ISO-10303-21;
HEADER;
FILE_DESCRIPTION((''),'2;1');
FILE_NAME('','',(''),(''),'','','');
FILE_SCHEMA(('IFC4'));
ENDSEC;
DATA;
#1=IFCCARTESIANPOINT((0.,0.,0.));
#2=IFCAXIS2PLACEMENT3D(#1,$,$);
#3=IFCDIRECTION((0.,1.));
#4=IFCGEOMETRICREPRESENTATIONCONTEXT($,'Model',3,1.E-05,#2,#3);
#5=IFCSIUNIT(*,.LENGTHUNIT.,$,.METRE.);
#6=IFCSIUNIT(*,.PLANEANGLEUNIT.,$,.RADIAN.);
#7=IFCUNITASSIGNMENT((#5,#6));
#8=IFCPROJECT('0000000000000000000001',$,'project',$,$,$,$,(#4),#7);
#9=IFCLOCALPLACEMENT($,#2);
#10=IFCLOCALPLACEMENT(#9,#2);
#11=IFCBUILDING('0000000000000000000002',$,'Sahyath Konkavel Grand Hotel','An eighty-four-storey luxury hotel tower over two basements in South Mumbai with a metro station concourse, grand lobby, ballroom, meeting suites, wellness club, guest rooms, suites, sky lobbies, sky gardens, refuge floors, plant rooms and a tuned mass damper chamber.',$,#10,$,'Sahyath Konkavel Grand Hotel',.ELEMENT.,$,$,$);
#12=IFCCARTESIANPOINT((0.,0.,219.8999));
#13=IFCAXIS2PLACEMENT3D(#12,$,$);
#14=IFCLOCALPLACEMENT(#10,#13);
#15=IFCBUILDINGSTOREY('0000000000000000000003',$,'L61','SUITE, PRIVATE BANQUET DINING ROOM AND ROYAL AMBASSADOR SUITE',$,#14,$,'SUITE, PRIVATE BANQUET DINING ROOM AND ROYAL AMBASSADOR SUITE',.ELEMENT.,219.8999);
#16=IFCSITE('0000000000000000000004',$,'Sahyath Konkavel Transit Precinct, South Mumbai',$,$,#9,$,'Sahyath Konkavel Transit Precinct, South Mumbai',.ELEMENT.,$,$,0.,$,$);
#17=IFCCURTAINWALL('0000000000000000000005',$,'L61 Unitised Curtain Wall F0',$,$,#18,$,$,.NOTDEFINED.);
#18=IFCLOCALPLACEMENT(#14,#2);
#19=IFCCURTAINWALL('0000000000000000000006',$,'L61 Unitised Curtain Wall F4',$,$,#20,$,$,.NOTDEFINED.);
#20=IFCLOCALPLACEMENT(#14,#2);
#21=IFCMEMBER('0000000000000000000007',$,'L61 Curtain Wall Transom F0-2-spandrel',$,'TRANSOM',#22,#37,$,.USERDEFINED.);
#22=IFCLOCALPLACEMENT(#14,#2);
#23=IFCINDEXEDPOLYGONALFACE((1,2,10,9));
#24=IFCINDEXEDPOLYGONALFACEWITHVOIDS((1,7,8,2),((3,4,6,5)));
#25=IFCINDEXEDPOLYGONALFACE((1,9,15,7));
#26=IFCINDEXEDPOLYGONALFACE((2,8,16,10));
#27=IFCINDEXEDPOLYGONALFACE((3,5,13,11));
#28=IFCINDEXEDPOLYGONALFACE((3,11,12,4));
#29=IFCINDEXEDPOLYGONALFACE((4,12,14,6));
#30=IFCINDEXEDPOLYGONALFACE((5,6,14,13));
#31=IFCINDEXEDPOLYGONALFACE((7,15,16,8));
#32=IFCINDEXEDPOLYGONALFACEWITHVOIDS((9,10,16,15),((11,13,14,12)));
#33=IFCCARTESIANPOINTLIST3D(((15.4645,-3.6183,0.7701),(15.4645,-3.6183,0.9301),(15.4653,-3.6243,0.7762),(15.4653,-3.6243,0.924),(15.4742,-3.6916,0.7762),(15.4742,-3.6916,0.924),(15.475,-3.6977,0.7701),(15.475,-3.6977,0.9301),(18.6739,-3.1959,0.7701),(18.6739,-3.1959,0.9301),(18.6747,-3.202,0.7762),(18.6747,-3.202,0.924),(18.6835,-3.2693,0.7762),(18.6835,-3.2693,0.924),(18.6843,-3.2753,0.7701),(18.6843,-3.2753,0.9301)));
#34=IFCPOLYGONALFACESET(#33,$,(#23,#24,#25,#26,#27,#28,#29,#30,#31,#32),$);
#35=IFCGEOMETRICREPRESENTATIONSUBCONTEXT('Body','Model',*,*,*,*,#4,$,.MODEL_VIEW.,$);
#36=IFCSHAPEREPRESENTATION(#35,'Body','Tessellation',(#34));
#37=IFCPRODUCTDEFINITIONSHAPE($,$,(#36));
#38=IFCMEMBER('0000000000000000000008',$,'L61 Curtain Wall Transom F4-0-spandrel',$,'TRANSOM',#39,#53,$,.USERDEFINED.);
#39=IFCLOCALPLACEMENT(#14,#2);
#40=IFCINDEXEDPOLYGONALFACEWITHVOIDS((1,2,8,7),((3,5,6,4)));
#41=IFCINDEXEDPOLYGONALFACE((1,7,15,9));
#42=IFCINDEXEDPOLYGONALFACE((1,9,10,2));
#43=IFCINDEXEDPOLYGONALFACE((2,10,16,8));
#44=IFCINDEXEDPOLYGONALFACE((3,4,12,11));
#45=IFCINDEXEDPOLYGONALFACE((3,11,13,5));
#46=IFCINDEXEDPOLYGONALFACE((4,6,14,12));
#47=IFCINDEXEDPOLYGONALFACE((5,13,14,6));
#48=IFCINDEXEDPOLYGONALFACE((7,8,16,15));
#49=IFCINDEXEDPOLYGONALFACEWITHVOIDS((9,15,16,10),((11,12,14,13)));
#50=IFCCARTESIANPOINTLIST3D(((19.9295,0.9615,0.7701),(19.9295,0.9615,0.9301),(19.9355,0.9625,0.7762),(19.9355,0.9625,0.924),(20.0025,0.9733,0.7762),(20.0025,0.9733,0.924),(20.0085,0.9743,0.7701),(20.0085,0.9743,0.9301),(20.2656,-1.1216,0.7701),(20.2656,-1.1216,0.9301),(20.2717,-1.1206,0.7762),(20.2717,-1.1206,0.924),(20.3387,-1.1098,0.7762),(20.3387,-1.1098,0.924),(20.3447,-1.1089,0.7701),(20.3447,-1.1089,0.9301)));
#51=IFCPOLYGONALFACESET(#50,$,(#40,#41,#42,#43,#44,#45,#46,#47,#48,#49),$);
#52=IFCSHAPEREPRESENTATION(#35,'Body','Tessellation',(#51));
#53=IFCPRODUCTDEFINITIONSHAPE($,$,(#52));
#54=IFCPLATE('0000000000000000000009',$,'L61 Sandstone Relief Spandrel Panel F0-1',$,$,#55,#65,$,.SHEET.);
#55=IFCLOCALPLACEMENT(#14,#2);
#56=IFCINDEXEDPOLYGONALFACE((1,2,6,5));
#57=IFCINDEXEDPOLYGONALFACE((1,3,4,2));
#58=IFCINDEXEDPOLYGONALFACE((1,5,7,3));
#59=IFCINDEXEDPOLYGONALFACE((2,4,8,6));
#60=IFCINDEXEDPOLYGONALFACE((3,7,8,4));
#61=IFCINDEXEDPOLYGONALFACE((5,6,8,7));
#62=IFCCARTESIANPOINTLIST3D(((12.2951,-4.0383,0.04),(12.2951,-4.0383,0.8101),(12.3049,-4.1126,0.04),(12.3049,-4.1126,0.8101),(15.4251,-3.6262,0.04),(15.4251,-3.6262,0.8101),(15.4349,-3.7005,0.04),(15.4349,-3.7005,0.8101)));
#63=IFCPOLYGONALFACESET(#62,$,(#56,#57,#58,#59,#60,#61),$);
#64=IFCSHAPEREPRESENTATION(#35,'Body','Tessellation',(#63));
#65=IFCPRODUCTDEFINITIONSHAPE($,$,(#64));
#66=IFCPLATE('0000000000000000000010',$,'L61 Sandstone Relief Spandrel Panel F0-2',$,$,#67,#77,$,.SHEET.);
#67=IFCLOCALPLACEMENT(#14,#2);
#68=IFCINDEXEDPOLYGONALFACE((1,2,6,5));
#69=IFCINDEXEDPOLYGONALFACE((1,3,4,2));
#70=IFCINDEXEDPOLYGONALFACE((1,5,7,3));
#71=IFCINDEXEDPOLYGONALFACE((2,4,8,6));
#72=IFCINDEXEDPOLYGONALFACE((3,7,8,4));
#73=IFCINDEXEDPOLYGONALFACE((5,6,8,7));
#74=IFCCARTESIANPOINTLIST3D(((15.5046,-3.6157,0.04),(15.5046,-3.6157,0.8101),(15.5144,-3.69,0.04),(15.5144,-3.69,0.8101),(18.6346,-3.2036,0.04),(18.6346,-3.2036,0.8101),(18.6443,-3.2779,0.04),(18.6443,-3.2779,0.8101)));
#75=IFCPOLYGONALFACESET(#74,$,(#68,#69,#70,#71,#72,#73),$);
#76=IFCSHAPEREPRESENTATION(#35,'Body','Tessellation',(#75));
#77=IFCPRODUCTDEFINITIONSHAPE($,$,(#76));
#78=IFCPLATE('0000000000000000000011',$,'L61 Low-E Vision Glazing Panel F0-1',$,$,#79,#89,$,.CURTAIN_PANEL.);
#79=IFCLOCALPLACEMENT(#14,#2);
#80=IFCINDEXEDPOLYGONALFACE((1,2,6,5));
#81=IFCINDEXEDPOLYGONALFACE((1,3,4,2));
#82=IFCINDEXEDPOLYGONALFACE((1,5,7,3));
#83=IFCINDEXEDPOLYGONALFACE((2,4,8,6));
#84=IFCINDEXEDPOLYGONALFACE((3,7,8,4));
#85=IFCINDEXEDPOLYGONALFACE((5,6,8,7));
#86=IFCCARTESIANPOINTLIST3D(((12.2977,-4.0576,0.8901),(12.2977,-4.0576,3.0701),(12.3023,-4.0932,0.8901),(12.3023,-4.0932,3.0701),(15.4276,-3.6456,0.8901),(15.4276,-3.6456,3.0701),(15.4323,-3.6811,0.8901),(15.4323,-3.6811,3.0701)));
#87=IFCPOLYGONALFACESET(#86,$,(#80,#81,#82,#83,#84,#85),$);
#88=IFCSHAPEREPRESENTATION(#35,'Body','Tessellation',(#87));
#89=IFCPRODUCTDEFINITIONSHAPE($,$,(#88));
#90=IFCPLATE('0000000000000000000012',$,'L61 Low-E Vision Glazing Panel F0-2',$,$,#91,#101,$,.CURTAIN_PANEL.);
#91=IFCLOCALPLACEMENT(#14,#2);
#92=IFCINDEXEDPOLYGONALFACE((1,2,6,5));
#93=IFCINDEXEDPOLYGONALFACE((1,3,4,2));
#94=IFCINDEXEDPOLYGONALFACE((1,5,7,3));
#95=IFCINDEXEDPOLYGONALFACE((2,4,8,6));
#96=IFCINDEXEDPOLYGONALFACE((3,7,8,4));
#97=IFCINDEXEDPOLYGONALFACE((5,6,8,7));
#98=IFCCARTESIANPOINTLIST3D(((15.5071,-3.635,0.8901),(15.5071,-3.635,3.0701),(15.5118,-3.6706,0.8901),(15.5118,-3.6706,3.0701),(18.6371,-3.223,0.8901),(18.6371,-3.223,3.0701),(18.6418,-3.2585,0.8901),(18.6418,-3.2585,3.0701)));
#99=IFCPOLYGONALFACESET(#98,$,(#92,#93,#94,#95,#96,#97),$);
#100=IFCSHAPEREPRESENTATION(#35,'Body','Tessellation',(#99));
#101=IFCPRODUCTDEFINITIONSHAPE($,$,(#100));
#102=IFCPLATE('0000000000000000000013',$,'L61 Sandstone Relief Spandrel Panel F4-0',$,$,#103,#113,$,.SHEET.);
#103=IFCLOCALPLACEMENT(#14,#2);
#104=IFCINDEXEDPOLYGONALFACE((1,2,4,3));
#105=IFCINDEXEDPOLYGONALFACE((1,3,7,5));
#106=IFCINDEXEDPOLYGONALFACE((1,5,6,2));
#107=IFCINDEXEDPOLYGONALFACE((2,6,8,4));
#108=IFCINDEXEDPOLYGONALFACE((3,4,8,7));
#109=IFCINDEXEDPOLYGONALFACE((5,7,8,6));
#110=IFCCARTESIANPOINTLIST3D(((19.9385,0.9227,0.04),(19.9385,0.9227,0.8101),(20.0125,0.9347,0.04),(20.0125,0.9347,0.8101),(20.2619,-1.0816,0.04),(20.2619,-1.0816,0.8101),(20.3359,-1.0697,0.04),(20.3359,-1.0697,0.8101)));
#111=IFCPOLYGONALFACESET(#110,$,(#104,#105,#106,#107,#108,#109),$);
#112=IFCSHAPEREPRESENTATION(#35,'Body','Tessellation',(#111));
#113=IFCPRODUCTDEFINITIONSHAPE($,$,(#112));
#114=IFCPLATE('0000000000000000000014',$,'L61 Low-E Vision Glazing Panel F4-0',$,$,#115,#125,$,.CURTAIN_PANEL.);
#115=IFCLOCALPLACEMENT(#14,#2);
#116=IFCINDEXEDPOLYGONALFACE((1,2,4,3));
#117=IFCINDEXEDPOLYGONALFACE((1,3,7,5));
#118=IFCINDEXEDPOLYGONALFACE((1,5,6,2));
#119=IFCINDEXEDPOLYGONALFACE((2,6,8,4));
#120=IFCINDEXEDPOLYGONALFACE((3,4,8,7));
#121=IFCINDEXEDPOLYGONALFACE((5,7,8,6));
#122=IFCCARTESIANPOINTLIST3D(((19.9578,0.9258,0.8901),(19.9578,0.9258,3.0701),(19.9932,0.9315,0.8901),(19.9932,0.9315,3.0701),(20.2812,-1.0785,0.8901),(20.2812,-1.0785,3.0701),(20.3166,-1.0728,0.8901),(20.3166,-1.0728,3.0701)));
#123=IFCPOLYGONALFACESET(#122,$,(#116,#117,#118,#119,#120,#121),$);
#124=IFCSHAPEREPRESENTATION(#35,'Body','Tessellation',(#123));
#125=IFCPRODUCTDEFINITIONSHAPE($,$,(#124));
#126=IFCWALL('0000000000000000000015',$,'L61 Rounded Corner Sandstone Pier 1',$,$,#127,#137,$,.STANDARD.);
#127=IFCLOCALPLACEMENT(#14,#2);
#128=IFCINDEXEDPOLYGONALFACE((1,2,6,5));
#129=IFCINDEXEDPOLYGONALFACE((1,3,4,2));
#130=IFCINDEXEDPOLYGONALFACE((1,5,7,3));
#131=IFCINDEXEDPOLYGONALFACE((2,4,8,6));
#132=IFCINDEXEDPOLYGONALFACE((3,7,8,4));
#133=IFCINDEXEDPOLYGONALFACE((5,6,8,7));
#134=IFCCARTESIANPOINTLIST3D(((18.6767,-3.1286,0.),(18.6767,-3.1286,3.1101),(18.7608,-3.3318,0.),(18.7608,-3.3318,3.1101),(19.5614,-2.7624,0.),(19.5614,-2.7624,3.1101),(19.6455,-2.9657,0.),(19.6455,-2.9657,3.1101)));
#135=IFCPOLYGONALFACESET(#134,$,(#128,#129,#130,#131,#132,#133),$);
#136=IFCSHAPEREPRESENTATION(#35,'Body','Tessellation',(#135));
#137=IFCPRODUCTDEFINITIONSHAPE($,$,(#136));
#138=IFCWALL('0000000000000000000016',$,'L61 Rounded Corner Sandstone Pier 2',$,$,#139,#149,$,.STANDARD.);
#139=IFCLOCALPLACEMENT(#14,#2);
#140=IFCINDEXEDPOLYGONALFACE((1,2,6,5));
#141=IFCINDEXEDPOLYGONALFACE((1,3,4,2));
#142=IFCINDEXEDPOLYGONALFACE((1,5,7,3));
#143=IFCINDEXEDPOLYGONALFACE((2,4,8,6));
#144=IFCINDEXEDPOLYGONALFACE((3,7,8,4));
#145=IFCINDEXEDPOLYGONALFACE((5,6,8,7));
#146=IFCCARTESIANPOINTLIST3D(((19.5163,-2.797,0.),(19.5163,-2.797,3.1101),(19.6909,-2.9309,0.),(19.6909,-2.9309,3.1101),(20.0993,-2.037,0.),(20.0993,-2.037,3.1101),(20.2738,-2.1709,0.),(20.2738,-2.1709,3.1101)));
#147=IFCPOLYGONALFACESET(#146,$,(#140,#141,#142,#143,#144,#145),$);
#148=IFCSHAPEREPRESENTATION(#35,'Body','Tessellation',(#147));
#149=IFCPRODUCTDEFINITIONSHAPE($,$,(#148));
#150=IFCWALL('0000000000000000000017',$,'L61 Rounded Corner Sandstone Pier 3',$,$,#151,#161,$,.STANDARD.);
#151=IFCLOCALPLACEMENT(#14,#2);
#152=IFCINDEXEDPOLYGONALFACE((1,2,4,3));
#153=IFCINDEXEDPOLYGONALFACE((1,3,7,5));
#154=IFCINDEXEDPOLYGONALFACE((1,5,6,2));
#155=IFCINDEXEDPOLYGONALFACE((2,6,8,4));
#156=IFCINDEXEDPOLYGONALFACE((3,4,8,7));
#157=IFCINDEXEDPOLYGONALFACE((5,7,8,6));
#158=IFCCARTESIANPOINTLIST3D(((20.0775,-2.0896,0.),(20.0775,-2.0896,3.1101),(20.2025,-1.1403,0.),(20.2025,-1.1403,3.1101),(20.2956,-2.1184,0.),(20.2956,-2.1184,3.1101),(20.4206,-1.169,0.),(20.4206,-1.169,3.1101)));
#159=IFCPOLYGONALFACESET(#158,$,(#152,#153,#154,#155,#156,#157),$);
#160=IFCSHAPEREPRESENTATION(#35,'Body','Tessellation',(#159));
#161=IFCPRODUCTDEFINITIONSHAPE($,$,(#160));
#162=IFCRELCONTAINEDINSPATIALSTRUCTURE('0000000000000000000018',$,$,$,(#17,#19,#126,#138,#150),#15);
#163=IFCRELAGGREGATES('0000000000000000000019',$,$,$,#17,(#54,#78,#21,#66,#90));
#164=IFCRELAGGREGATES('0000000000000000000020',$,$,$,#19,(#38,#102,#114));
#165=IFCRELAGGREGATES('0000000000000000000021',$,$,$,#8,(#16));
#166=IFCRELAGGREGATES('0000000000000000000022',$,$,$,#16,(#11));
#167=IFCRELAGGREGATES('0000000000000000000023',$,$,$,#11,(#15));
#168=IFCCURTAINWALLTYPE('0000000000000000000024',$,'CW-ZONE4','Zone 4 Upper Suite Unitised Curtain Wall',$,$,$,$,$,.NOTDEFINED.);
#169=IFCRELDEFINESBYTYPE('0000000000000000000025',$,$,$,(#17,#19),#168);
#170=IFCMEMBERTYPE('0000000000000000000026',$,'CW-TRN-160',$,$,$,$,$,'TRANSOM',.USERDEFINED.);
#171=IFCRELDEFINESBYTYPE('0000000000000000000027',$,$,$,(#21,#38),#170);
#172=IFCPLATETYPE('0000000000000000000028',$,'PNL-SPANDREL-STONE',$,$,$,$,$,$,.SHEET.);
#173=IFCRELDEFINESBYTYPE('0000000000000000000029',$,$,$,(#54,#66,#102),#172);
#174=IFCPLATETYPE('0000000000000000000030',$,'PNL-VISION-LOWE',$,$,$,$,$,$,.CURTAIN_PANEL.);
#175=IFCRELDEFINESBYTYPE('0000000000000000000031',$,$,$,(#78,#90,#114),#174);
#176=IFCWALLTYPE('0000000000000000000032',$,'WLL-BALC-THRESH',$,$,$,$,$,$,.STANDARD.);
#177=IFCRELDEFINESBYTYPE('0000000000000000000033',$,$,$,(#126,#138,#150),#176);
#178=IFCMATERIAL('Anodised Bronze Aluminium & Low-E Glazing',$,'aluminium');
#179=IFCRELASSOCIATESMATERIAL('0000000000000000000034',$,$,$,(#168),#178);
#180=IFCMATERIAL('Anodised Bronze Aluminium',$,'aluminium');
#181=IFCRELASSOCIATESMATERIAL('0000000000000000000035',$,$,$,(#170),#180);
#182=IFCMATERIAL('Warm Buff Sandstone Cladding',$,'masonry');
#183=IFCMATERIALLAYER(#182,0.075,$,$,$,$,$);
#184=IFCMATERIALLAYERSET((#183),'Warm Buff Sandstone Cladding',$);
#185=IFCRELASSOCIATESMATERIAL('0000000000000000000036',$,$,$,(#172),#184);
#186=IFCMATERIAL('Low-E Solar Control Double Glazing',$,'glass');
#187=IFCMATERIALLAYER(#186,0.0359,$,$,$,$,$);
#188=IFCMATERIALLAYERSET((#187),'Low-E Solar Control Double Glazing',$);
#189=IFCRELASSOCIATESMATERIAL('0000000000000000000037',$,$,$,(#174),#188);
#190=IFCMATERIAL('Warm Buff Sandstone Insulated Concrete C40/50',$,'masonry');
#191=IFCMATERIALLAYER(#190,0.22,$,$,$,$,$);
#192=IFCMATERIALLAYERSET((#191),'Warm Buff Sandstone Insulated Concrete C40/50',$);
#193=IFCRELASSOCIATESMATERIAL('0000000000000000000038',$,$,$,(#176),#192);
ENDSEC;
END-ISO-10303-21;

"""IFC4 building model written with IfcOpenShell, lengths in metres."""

from ifc_helpers import new_model, si_unit, direction, frame, frame_2d, origin, origin_2d, place, context, subcontext, project, spatial, rectangle, hollow_rectangle, extrude, source, transform, mapped, material, layer, layer_set, material_profile, profile_set, type_object, element, aggregate, save


model = new_model("IFC4")

# Units and contexts
model_context = context("Model", 3, precision=1e-05, world=origin(), true_north=direction((0.0, 1.0)))
body_context = subcontext(model_context, "Body", "Model", "MODEL_VIEW")
ifc_project = project(units=[si_unit("LENGTHUNIT", "METRE"), si_unit("PLANEANGLEUNIT", "RADIAN")], contexts=[model_context])

# Site, building, storey
site_placement = place(None, origin())
site = spatial("IfcSite", under=ifc_project, at=site_placement, Name="Sahyath Konkavel Transit Precinct, South Mumbai", LongName="Sahyath Konkavel Transit Precinct, South Mumbai", CompositionType="ELEMENT", RefElevation=0.0)
building_placement = place(site_placement, origin())
building = spatial("IfcBuilding", under=site, at=building_placement, Name="Sahyath Konkavel Grand Hotel", Description="An eighty-four-storey luxury hotel tower over two basements in South Mumbai with a metro station concourse, grand lobby, ballroom, meeting suites, wellness club, guest rooms, suites, sky lobbies, sky gardens, refuge floors, plant rooms and a tuned mass damper chamber.", LongName="Sahyath Konkavel Grand Hotel", CompositionType="ELEMENT")
storey_placement = place(building_placement, frame((0.0, 0.0, 219.8999)))
storey = spatial("IfcBuildingStorey", under=building, at=storey_placement, Name="L61", Description="SUITE, PRIVATE BANQUET DINING ROOM AND ROYAL AMBASSADOR SUITE", LongName="SUITE, PRIVATE BANQUET DINING ROOM AND ROYAL AMBASSADOR SUITE", CompositionType="ELEMENT", Elevation=219.8999)

# Curtain wall
ifc_material_1 = material(Name="Anodised Bronze Aluminium & Low-E Glazing", Category="aluminium")
curtain_wall_type = type_object("IfcCurtainWallType", Name="CW-ZONE4", Description="Zone 4 Upper Suite Unitised Curtain Wall", PredefinedType="NOTDEFINED", material=ifc_material_1)
curtain_wall_1_placement = place(storey_placement, origin())
curtain_wall_1 = element("IfcCurtainWall", 1, at=curtain_wall_1_placement, inside=storey, type_object=curtain_wall_type, Name="L61 Unitised Curtain Wall F0", PredefinedType="NOTDEFINED")
ifc_material_2 = material(Name="Anodised Bronze Aluminium", Category="aluminium")

# Curtain wall
curtain_wall_2_placement = place(storey_placement, origin())
curtain_wall_2 = element("IfcCurtainWall", 2, at=curtain_wall_2_placement, inside=storey, type_object=curtain_wall_type, Name="L61 Unitised Curtain Wall F4", PredefinedType="NOTDEFINED")

# Members
ifc_material_profile_1 = material_profile(ifc_material_2, hollow_rectangle(XDim=0.0801, YDim=0.1599, WallThickness=0.0061, at=origin_2d()), Name="RHS 160x80x6")
ifc_profile_set_1 = profile_set([ifc_material_profile_1], Name="Anodised Bronze Aluminium")
member_type_1 = type_object("IfcMemberType", Name="CW-TRN-160", ElementType="TRANSOM", PredefinedType="USERDEFINED", material=ifc_profile_set_1)
shared_shape_1 = source(origin(), body_context, "Body", "SweptSolid", [
    extrude(hollow_rectangle(XDim=0.0801, YDim=0.1599, WallThickness=0.0061, at=origin_2d()), origin(), (0.0, 0.0, 1.0), 3.2371),
])
member_1_placement = place(storey_placement, frame((15.4697, -3.658, 0.8501), z_axis=(0.991452, 0.130474, 0.0), x_axis=(-0.130474, 0.991452, 0.0)))
member_1 = element("IfcMember", 3, at=member_1_placement, type_object=member_type_1, Name="L61 Curtain Wall Transom F0-2-spandrel", ObjectType="TRANSOM", PredefinedType="USERDEFINED", context=body_context, shape_type="MappedRepresentation", body=[
    mapped(shared_shape_1, transform((0.0, 0.0, 0.0), scale=1.0)),
])
shared_shape_2 = source(origin(), body_context, "Body", "SweptSolid", [
    extrude(hollow_rectangle(XDim=0.0801, YDim=0.1599, WallThickness=0.0061, at=origin_2d()), origin(), (0.0, 0.0, 1.0), 2.1101),
])
member_2_placement = place(storey_placement, frame((20.3052, -1.1152, 0.8501), z_axis=(-0.159312, 0.987228, 0.0), x_axis=(-0.987228, -0.159312, 0.0)))
member_2 = element("IfcMember", 4, at=member_2_placement, type_object=member_type_1, Name="L61 Curtain Wall Transom F4-0-spandrel", ObjectType="TRANSOM", PredefinedType="USERDEFINED", context=body_context, shape_type="MappedRepresentation", body=[
    mapped(shared_shape_2, transform((0.0, 0.0, 0.0), scale=1.0)),
])

# Plates
ifc_material_3 = material(Name="Warm Buff Sandstone Cladding", Category="masonry")
ifc_layer_1 = layer(ifc_material_3, 0.075)
ifc_layer_set_1 = layer_set([ifc_layer_1], Name="Warm Buff Sandstone Cladding")
plate_type_1 = type_object("IfcPlateType", Name="PNL-SPANDREL-STONE", PredefinedType="SHEET", material=ifc_layer_set_1)
shared_shape_3 = source(origin(), body_context, "Body", "SweptSolid", [
    extrude(rectangle(XDim=3.157, YDim=0.075, at=origin_2d()), origin(), (0.0, 0.0, 1.0), 0.77),
])
plate_1_placement = place(storey_placement, frame((13.865, -3.8694, 0.04), z_axis=(0.0, 0.0, 1.0), x_axis=(0.991445, 0.130526, 0.0)))
plate_1 = element("IfcPlate", 5, at=plate_1_placement, type_object=plate_type_1, Name="L61 Sandstone Relief Spandrel Panel F0-1", PredefinedType="SHEET", context=body_context, shape_type="MappedRepresentation", body=[
    mapped(shared_shape_3, transform((0.0, 0.0, 0.0), scale=1.0)),
])
plate_2_placement = place(storey_placement, frame((17.0745, -3.4468, 0.04), z_axis=(0.0, 0.0, 1.0), x_axis=(0.991445, 0.130526, 0.0)))
plate_2 = element("IfcPlate", 6, at=plate_2_placement, type_object=plate_type_1, Name="L61 Sandstone Relief Spandrel Panel F0-2", PredefinedType="SHEET", context=body_context, shape_type="MappedRepresentation", body=[
    mapped(shared_shape_3, transform((0.0, 0.0, 0.0), scale=1.0)),
])
ifc_material_4 = material(Name="Low-E Solar Control Double Glazing", Category="glass")
ifc_layer_2 = layer(ifc_material_4, 0.0359)
ifc_layer_set_2 = layer_set([ifc_layer_2], Name="Low-E Solar Control Double Glazing")
plate_type_2 = type_object("IfcPlateType", Name="PNL-VISION-LOWE", PredefinedType="CURTAIN_PANEL", material=ifc_layer_set_2)
shared_shape_4 = source(origin(), body_context, "Body", "SweptSolid", [
    extrude(rectangle(XDim=3.157, YDim=0.0359, at=origin_2d()), origin(), (0.0, 0.0, 1.0), 2.1799),
])
plate_3_placement = place(storey_placement, frame((13.865, -3.8694, 0.8901), z_axis=(0.0, 0.0, 1.0), x_axis=(0.991445, 0.130526, 0.0)))
plate_3 = element("IfcPlate", 7, at=plate_3_placement, type_object=plate_type_2, Name="L61 Low-E Vision Glazing Panel F0-1", PredefinedType="CURTAIN_PANEL", context=body_context, shape_type="MappedRepresentation", body=[
    mapped(shared_shape_4, transform((0.0, 0.0, 0.0), scale=1.0)),
])
plate_4_placement = place(storey_placement, frame((17.0745, -3.4468, 0.8901), z_axis=(0.0, 0.0, 1.0), x_axis=(0.991445, 0.130526, 0.0)))
plate_4 = element("IfcPlate", 8, at=plate_4_placement, type_object=plate_type_2, Name="L61 Low-E Vision Glazing Panel F0-2", PredefinedType="CURTAIN_PANEL", context=body_context, shape_type="MappedRepresentation", body=[
    mapped(shared_shape_4, transform((0.0, 0.0, 0.0), scale=1.0)),
])
aggregate(curtain_wall_1, [plate_1, plate_3, member_1, plate_2, plate_4])
shared_shape_5 = source(origin(), body_context, "Body", "SweptSolid", [
    extrude(rectangle(XDim=2.0303, YDim=0.075, at=origin_2d()), origin(), (0.0, 0.0, 1.0), 0.77),
])
plate_5_placement = place(storey_placement, frame((20.1372, -0.0735, 0.04), z_axis=(0.0, 0.0, 1.0), x_axis=(-0.159313, 0.987228, 0.0)))
plate_5 = element("IfcPlate", 9, at=plate_5_placement, type_object=plate_type_1, Name="L61 Sandstone Relief Spandrel Panel F4-0", PredefinedType="SHEET", context=body_context, shape_type="MappedRepresentation", body=[
    mapped(shared_shape_5, transform((0.0, 0.0, 0.0), scale=1.0)),
])
shared_shape_6 = source(origin(), body_context, "Body", "SweptSolid", [
    extrude(rectangle(XDim=2.0303, YDim=0.0359, at=origin_2d()), origin(), (0.0, 0.0, 1.0), 2.1799),
])
plate_6_placement = place(storey_placement, frame((20.1372, -0.0735, 0.8901), z_axis=(0.0, 0.0, 1.0), x_axis=(-0.159313, 0.987228, 0.0)))
plate_6 = element("IfcPlate", 10, at=plate_6_placement, type_object=plate_type_2, Name="L61 Low-E Vision Glazing Panel F4-0", PredefinedType="CURTAIN_PANEL", context=body_context, shape_type="MappedRepresentation", body=[
    mapped(shared_shape_6, transform((0.0, 0.0, 0.0), scale=1.0)),
])
aggregate(curtain_wall_2, [member_2, plate_5, plate_6])

# Walls
ifc_material_5 = material(Name="Warm Buff Sandstone Insulated Concrete C40/50", Category="masonry")
ifc_layer_3 = layer(ifc_material_5, 0.22)
ifc_layer_set_3 = layer_set([ifc_layer_3], Name="Warm Buff Sandstone Insulated Concrete C40/50")
wall_type_1 = type_object("IfcWallType", Name="WLL-BALC-THRESH", PredefinedType="STANDARD", material=ifc_layer_set_3)
wall_1_placement = place(storey_placement, frame((18.7188, -3.2302, 0.0), z_axis=(0.0, 0.0, 1.0), x_axis=(0.92398, 0.382442, 0.0)))
element("IfcWall", 11, at=wall_1_placement, inside=storey, type_object=wall_type_1, Name="L61 Rounded Corner Sandstone Pier 1", PredefinedType="STANDARD", context=body_context, shape_type="SweptSolid", body=[
    extrude(rectangle(XDim=0.9575, YDim=0.22, at=frame_2d((0.4788, 0.0))), origin(), (0.0, 0.0, 1.0), 3.1101),
])
wall_2_placement = place(storey_placement, frame((19.6035, -2.864, 0.0), z_axis=(0.0, 0.0, 1.0), x_axis=(0.608651, 0.793438, 0.0)))
element("IfcWall", 12, at=wall_2_placement, inside=storey, type_object=wall_type_1, Name="L61 Rounded Corner Sandstone Pier 2", PredefinedType="STANDARD", context=body_context, shape_type="SweptSolid", body=[
    extrude(rectangle(XDim=0.9578, YDim=0.22, at=frame_2d((0.479, 0.0))), origin(), (0.0, 0.0, 1.0), 3.1101),
])
wall_3_placement = place(storey_placement, frame((20.1865, -2.104, 0.0), z_axis=(0.0, 0.0, 1.0), x_axis=(0.13056, 0.99144, 0.0)))
element("IfcWall", 13, at=wall_3_placement, inside=storey, type_object=wall_type_1, Name="L61 Rounded Corner Sandstone Pier 3", PredefinedType="STANDARD", context=body_context, shape_type="SweptSolid", body=[
    extrude(rectangle(XDim=0.9575, YDim=0.22, at=frame_2d((0.4788, 0.0))), origin(), (0.0, 0.0, 1.0), 3.1101),
])

save(model, "model.ifc")
